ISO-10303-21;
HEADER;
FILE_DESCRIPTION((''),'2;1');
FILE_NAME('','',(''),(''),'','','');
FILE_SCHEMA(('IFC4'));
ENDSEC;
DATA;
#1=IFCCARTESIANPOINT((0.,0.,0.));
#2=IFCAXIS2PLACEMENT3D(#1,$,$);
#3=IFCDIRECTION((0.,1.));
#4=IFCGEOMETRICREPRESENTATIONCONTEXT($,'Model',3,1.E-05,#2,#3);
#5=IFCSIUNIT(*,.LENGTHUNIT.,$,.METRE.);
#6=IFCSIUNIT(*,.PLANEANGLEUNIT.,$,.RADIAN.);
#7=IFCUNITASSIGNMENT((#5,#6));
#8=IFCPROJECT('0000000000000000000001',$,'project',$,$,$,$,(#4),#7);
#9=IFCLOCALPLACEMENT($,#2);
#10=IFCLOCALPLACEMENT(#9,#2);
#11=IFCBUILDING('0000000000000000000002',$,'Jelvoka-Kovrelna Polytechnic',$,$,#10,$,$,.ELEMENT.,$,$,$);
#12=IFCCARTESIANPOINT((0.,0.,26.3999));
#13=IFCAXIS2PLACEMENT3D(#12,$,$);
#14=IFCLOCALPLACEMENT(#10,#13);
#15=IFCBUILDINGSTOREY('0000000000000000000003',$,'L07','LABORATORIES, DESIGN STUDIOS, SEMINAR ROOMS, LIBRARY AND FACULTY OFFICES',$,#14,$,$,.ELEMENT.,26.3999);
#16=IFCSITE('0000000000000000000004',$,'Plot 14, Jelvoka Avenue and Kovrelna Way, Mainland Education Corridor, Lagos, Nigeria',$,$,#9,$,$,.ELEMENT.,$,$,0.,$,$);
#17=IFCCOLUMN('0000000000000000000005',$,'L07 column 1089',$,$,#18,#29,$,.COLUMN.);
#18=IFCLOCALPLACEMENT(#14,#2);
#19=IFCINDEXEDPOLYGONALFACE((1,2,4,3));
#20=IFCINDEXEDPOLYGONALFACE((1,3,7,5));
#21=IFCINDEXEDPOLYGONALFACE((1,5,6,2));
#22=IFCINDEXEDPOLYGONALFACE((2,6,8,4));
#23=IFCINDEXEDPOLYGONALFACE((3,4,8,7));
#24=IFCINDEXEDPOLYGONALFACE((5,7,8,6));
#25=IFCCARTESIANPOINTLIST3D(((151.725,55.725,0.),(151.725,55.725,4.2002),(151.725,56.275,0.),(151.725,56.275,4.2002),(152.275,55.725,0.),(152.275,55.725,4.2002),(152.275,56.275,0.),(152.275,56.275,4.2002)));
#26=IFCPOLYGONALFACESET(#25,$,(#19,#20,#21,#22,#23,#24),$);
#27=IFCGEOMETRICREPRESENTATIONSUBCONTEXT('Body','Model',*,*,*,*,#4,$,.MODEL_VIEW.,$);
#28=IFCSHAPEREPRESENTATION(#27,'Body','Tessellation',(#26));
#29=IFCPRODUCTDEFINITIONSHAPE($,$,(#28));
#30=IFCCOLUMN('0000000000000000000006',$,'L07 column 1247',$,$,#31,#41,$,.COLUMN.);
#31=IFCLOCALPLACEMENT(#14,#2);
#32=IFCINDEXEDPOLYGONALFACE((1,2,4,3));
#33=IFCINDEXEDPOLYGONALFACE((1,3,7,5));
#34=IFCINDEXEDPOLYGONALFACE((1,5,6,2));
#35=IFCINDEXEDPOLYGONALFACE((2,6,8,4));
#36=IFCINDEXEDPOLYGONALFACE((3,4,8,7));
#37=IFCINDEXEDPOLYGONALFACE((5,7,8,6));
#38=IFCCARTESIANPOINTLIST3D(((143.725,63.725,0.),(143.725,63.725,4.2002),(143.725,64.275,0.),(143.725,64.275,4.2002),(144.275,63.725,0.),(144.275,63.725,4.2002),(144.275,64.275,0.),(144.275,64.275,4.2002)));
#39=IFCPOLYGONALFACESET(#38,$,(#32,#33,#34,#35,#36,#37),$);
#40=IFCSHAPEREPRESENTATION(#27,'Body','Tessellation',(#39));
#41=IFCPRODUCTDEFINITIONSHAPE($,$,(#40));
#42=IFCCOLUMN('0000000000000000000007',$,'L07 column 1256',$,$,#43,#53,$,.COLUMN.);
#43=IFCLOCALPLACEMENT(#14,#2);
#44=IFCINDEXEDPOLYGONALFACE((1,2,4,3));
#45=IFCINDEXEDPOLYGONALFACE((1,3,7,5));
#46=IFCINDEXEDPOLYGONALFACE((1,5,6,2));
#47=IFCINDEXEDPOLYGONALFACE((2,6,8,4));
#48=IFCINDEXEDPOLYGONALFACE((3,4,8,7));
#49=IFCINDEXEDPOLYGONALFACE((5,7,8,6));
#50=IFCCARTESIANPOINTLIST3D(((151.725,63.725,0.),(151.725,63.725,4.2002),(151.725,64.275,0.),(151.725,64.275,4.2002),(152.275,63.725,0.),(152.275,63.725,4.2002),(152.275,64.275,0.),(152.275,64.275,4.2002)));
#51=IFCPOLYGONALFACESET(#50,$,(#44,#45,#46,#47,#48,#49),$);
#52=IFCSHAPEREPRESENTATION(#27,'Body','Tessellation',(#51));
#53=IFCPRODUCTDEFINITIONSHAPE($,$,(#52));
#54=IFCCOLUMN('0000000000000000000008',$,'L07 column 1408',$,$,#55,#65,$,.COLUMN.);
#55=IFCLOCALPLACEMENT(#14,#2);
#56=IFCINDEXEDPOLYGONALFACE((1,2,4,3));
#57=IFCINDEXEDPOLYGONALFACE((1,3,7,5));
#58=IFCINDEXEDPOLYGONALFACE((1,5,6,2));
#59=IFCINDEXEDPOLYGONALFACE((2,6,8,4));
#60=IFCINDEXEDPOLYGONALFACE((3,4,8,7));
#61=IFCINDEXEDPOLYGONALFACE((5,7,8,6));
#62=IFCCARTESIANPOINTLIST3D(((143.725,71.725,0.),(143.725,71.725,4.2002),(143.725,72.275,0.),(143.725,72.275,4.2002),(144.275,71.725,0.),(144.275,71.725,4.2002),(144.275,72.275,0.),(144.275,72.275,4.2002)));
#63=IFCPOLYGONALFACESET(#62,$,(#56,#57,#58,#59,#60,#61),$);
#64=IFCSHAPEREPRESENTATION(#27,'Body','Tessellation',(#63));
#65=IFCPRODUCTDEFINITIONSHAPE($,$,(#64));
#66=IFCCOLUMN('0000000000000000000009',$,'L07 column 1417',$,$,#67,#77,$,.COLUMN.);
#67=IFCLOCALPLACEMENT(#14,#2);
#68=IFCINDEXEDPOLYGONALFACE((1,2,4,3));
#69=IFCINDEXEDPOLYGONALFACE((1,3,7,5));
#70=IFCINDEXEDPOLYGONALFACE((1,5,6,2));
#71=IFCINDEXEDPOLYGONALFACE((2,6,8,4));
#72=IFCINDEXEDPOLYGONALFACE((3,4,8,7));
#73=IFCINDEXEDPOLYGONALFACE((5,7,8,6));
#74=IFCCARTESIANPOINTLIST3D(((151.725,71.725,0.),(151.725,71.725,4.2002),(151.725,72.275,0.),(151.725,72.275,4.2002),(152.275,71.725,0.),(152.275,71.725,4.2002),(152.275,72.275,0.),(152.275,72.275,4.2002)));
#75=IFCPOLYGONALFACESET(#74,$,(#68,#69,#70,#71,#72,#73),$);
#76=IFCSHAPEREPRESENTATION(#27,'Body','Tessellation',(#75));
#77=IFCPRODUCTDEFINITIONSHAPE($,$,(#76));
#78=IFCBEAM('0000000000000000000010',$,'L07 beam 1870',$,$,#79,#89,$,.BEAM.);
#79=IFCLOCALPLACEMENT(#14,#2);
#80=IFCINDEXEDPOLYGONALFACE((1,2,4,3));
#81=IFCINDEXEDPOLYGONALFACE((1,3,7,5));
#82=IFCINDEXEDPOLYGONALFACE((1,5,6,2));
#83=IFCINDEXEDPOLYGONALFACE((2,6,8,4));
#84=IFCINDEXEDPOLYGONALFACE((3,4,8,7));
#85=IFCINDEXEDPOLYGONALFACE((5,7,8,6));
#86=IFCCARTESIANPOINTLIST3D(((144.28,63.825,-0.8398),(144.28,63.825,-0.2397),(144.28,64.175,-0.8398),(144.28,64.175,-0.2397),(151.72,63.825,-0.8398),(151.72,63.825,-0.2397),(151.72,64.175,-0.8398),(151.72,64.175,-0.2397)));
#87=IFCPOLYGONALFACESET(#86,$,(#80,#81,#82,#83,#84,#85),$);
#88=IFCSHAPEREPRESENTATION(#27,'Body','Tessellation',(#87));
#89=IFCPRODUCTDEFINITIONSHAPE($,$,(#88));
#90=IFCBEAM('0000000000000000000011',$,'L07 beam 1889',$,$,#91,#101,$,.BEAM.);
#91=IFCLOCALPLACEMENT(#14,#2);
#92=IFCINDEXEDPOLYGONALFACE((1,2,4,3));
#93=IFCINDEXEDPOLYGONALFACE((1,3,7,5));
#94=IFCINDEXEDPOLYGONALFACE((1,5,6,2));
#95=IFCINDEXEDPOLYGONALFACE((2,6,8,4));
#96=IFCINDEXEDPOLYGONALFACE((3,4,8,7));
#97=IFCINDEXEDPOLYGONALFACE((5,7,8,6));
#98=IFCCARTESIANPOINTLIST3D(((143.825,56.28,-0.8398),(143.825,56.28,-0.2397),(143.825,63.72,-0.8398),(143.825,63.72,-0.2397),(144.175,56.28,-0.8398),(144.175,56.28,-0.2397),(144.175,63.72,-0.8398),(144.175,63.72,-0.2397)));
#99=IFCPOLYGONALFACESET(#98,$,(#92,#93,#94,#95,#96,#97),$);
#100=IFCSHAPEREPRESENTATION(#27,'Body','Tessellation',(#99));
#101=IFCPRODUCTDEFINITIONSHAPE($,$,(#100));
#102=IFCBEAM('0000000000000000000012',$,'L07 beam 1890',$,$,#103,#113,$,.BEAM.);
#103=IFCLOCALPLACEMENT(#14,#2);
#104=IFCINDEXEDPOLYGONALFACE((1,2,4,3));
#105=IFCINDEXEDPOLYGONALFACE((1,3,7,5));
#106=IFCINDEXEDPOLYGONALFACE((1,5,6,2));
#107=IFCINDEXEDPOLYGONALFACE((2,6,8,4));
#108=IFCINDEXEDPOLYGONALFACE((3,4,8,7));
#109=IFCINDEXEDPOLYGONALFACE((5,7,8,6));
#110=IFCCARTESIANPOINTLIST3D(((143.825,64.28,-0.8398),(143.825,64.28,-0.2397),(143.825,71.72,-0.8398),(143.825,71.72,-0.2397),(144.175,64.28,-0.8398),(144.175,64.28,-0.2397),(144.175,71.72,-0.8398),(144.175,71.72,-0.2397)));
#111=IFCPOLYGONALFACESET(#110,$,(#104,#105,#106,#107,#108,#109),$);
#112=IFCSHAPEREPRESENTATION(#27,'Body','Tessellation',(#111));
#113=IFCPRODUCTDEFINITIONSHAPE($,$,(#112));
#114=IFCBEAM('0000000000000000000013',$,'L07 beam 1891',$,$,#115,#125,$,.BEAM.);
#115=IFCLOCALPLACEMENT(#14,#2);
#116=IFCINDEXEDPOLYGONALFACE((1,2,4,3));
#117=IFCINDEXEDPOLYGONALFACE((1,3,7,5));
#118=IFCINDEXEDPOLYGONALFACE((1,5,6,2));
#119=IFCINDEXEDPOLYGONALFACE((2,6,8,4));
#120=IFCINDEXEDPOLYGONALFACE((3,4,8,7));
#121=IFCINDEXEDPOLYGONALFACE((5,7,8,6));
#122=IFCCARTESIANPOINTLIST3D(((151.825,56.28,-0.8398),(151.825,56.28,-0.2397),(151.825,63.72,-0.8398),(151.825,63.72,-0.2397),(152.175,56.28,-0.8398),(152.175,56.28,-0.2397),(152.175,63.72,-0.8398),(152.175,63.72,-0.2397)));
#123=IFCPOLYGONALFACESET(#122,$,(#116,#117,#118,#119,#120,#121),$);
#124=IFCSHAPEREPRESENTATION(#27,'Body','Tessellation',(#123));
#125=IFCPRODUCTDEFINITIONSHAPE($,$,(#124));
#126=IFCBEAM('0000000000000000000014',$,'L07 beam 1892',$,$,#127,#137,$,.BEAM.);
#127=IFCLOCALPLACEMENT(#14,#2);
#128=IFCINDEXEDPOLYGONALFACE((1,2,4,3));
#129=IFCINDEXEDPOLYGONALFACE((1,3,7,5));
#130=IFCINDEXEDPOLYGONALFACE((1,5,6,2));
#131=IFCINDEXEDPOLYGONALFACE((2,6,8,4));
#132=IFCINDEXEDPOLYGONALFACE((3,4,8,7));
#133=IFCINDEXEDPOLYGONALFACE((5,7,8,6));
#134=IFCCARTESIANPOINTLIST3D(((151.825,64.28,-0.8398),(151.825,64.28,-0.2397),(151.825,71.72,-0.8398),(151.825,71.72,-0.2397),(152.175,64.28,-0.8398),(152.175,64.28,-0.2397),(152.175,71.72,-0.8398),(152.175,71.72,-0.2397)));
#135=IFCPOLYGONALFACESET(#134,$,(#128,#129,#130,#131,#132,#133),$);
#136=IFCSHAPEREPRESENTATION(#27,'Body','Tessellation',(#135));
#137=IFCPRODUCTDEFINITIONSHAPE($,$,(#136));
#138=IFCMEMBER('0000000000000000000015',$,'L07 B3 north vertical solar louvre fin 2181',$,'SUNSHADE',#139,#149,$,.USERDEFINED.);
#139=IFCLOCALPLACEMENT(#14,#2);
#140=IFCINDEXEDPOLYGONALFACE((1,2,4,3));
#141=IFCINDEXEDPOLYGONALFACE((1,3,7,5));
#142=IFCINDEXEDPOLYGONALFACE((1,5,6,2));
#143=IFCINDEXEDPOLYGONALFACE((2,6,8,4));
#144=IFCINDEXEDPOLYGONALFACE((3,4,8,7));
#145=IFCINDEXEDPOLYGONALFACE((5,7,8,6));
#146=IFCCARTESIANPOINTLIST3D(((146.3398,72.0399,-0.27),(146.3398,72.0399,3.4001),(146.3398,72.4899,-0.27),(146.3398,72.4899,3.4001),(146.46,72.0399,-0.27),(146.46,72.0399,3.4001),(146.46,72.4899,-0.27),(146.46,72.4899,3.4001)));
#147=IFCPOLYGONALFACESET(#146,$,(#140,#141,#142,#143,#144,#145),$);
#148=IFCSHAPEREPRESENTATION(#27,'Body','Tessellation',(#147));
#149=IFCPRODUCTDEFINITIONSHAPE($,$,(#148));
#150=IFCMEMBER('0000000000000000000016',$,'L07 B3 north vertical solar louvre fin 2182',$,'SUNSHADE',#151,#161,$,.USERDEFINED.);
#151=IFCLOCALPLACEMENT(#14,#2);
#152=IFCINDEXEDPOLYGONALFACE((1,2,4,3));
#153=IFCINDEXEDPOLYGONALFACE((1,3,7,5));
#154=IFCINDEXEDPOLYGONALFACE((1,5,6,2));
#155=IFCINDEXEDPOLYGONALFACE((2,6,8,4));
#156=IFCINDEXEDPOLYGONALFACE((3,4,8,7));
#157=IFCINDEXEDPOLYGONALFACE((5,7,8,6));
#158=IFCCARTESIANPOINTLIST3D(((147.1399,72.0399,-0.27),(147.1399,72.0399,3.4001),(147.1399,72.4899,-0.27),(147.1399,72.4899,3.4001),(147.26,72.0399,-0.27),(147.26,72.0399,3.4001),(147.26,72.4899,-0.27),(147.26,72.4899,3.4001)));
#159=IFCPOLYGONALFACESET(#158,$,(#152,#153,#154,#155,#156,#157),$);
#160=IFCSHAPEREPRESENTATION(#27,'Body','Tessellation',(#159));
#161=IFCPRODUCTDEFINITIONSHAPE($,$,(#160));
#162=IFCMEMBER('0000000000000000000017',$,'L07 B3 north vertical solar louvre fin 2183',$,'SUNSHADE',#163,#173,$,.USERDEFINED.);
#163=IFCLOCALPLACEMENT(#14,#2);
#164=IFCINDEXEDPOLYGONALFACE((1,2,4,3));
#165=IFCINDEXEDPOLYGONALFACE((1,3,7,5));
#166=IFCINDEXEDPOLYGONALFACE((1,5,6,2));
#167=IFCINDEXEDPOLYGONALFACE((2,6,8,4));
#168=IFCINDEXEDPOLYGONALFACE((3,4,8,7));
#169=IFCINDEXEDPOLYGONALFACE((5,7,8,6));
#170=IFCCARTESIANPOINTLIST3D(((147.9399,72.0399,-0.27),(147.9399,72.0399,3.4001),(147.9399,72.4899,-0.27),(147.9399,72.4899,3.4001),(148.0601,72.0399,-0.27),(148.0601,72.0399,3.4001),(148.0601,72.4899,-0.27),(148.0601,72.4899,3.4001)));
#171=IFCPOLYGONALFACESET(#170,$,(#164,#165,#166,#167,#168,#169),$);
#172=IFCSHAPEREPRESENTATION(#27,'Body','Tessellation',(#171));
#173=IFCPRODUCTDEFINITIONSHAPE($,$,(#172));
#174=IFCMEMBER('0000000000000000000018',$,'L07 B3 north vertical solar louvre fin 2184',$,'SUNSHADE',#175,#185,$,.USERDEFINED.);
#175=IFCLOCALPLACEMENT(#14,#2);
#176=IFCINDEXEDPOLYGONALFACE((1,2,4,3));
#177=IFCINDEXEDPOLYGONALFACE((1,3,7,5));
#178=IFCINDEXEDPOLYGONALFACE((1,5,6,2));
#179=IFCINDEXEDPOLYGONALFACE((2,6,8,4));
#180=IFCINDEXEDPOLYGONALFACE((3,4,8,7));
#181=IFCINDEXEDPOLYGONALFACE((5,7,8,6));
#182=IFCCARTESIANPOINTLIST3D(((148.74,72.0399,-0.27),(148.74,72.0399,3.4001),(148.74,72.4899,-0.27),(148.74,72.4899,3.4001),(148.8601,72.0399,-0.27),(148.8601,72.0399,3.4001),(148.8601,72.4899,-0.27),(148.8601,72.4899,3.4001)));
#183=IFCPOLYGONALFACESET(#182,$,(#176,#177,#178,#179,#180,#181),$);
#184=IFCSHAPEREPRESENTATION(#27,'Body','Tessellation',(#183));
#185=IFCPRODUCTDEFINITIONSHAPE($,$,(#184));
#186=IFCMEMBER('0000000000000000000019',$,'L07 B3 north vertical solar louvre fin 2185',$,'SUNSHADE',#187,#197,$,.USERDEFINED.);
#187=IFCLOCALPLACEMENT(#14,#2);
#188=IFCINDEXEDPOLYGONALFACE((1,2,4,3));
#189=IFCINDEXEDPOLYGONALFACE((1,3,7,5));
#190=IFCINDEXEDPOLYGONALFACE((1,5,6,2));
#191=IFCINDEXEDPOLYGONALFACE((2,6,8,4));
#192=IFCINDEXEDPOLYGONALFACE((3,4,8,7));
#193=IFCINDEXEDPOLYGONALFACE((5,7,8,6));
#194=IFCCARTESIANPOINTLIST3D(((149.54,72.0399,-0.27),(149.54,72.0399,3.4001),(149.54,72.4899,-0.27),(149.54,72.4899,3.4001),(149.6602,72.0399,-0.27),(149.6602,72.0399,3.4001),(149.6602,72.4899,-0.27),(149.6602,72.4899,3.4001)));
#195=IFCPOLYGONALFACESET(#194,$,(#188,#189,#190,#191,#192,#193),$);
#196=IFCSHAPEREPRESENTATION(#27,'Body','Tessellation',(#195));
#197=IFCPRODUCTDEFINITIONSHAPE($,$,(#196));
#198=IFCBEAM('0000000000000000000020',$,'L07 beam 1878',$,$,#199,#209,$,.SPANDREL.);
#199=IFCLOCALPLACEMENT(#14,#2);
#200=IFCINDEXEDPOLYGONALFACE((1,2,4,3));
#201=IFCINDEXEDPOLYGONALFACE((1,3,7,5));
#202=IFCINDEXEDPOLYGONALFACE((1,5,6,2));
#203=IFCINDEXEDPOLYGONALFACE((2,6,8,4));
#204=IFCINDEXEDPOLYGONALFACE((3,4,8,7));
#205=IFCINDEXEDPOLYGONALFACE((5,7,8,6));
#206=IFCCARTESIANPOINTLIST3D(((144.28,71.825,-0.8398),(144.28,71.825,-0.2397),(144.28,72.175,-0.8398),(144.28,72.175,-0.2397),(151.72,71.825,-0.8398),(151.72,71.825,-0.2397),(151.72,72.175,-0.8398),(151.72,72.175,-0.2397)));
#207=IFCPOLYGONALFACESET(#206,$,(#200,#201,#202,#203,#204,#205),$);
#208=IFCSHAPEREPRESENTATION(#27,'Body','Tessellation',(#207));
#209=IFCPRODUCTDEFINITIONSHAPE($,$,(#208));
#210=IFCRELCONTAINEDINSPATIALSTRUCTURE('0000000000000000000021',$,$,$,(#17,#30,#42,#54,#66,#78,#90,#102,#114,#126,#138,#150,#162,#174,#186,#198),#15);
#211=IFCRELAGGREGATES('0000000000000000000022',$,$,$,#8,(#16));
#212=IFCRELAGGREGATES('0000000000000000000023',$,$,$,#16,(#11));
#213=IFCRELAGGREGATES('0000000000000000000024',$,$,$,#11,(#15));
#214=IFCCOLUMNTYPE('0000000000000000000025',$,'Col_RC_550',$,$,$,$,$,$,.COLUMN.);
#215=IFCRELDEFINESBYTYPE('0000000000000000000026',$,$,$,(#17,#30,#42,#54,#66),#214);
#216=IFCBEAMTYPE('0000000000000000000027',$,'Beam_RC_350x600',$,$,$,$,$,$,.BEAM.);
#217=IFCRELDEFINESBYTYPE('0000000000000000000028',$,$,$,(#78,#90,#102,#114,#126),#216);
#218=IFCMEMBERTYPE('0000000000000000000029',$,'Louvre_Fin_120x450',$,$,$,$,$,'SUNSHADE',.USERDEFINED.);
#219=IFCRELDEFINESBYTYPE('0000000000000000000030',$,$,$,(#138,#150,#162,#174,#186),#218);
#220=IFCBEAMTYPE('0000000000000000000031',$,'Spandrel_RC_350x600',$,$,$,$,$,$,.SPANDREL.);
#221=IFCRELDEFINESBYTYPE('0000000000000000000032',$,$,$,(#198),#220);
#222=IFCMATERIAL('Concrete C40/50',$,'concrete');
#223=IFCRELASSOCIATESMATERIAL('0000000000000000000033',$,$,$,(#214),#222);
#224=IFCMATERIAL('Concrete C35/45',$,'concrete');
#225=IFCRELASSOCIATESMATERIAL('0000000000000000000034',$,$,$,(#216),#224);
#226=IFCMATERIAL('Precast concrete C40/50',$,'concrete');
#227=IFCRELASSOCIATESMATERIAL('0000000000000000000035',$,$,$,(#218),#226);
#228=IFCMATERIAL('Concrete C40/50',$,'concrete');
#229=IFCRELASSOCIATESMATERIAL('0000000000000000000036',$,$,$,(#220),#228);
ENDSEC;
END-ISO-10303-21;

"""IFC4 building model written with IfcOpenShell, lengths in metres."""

from ifc_helpers import new_model, si_unit, direction, frame, origin, origin_2d, place, context, subcontext, project, spatial, rectangle, extrude, material, material_profile, profile_set, type_object, element, save


model = new_model("IFC4")

# Units and contexts
model_context = context("Model", 3, precision=1e-05, world=origin(), true_north=direction((0.0, 1.0)))
body_context = subcontext(model_context, "Body", "Model", "MODEL_VIEW")
ifc_project = project(units=[si_unit("LENGTHUNIT", "METRE"), si_unit("PLANEANGLEUNIT", "RADIAN")], contexts=[model_context])

# Site, building, storey
site_placement = place(None, origin())
site = spatial("IfcSite", under=ifc_project, at=site_placement, Name="Plot 14, Jelvoka Avenue and Kovrelna Way, Mainland Education Corridor, Lagos, Nigeria", CompositionType="ELEMENT", RefElevation=0.0)
building_placement = place(site_placement, origin())
building = spatial("IfcBuilding", under=site, at=building_placement, Name="Jelvoka-Kovrelna Polytechnic", CompositionType="ELEMENT")
storey_placement = place(building_placement, frame((0.0, 0.0, 26.3999)))
storey = spatial("IfcBuildingStorey", under=building, at=storey_placement, Name="L07", Description="LABORATORIES, DESIGN STUDIOS, SEMINAR ROOMS, LIBRARY AND FACULTY OFFICES", CompositionType="ELEMENT", Elevation=26.3999)

# Columns
ifc_material_1 = material(Name="Concrete C40/50", Category="concrete")
ifc_material_profile_1 = material_profile(ifc_material_1, rectangle(XDim=0.55, YDim=0.55, at=origin_2d()), Name="RC 550x550")
ifc_profile_set_1 = profile_set([ifc_material_profile_1], Name="Concrete C40/50")
column_type = type_object("IfcColumnType", Name="Col_RC_550", PredefinedType="COLUMN", material=ifc_profile_set_1)
for number, where, z_axis, x_axis, name in (
    (1, (152.0, 56.0, 0.0), (0.0, 0.0, 1.0), (1.0, 0.0, 0.0), "L07 column 1089"),
    (2, (144.0, 64.0, 0.0), (0.0, 0.0, 1.0), (1.0, 0.0, 0.0), "L07 column 1247"),
    (3, (152.0, 64.0, 0.0), (0.0, 0.0, 1.0), (1.0, 0.0, 0.0), "L07 column 1256"),
    (4, (144.0, 72.0, 0.0), (0.0, 0.0, 1.0), (1.0, 0.0, 0.0), "L07 column 1408"),
    (5, (152.0, 72.0, 0.0), (0.0, 0.0, 1.0), (1.0, 0.0, 0.0), "L07 column 1417"),
):
    element("IfcColumn", number, at=place(storey_placement, frame(where, z_axis=z_axis, x_axis=x_axis)), inside=storey, type_object=column_type, Name=name, PredefinedType="COLUMN", context=body_context, shape_type="SweptSolid", body=[
        extrude(rectangle(XDim=0.55, YDim=0.55, at=origin_2d()), origin(), (0.0, 0.0, 1.0), 4.2002),
    ])

# Beams
ifc_material_2 = material(Name="Concrete C35/45", Category="concrete")
ifc_material_profile_2 = material_profile(ifc_material_2, rectangle(XDim=0.3501, YDim=0.6001, at=origin_2d()), Name="RC 350x600")
ifc_profile_set_2 = profile_set([ifc_material_profile_2], Name="Concrete C35/45")
beam_type_1 = type_object("IfcBeamType", Name="Beam_RC_350x600", PredefinedType="BEAM", material=ifc_profile_set_2)
for number, where, z_axis, x_axis, name in (
    (6, (144.28, 64.0, -0.5398), (1.0, 0.0, 0.0), (0.0, 1.0, 0.0), "L07 beam 1870"),
    (7, (144.0, 56.28, -0.5398), (0.0, 1.0, 0.0), (-1.0, 0.0, 0.0), "L07 beam 1889"),
    (8, (144.0, 64.28, -0.5398), (0.0, 1.0, 0.0), (-1.0, 0.0, 0.0), "L07 beam 1890"),
    (9, (152.0, 56.28, -0.5398), (0.0, 1.0, 0.0), (-1.0, 0.0, 0.0), "L07 beam 1891"),
    (10, (152.0, 64.28, -0.5398), (0.0, 1.0, 0.0), (-1.0, 0.0, 0.0), "L07 beam 1892"),
):
    element("IfcBeam", number, at=place(storey_placement, frame(where, z_axis=z_axis, x_axis=x_axis)), inside=storey, type_object=beam_type_1, Name=name, PredefinedType="BEAM", context=body_context, shape_type="SweptSolid", body=[
        extrude(rectangle(XDim=0.3501, YDim=0.6001, at=origin_2d()), origin(), (0.0, 0.0, 1.0), 7.4399),
    ])

# Members
ifc_material_3 = material(Name="Precast concrete C40/50", Category="concrete")
ifc_material_profile_3 = material_profile(ifc_material_3, rectangle(XDim=0.1201, YDim=0.45, at=origin_2d()), Name="PC 120x450")
ifc_profile_set_3 = profile_set([ifc_material_profile_3], Name="Precast concrete C40/50")
member_type = type_object("IfcMemberType", Name="Louvre_Fin_120x450", ElementType="SUNSHADE", PredefinedType="USERDEFINED", material=ifc_profile_set_3)
for number, where, z_axis, x_axis, name in (
    (11, (146.3999, 72.2649, -0.27), (0.0, 0.0, 1.0), (1.0, 0.0, 0.0), "L07 B3 north vertical solar louvre fin 2181"),
    (12, (147.2, 72.2649, -0.27), (0.0, 0.0, 1.0), (1.0, 0.0, 0.0), "L07 B3 north vertical solar louvre fin 2182"),
    (13, (148.0, 72.2649, -0.27), (0.0, 0.0, 1.0), (1.0, 0.0, 0.0), "L07 B3 north vertical solar louvre fin 2183"),
    (14, (148.8, 72.2649, -0.27), (0.0, 0.0, 1.0), (1.0, 0.0, 0.0), "L07 B3 north vertical solar louvre fin 2184"),
    (15, (149.6001, 72.2649, -0.27), (0.0, 0.0, 1.0), (1.0, 0.0, 0.0), "L07 B3 north vertical solar louvre fin 2185"),
):
    element("IfcMember", number, at=place(storey_placement, frame(where, z_axis=z_axis, x_axis=x_axis)), inside=storey, type_object=member_type, Name=name, ObjectType="SUNSHADE", PredefinedType="USERDEFINED", context=body_context, shape_type="SweptSolid", body=[
        extrude(rectangle(XDim=0.1201, YDim=0.45, at=origin_2d()), origin(), (0.0, 0.0, 1.0), 3.6702),
    ])

# Beam
ifc_material_4 = material(Name="Concrete C40/50", Category="concrete")
ifc_material_profile_4 = material_profile(ifc_material_4, rectangle(XDim=0.3501, YDim=0.6001, at=origin_2d()), Name="RC 350x600")
ifc_profile_set_4 = profile_set([ifc_material_profile_4], Name="Concrete C40/50")
beam_type_2 = type_object("IfcBeamType", Name="Spandrel_RC_350x600", PredefinedType="SPANDREL", material=ifc_profile_set_4)
beam_placement = place(storey_placement, frame((144.28, 72.0, -0.5398), z_axis=(1.0, 0.0, 0.0), x_axis=(0.0, 1.0, 0.0)))
element("IfcBeam", 16, at=beam_placement, inside=storey, type_object=beam_type_2, Name="L07 beam 1878", PredefinedType="SPANDREL", context=body_context, shape_type="SweptSolid", body=[
    extrude(rectangle(XDim=0.3501, YDim=0.6001, at=origin_2d()), origin(), (0.0, 0.0, 1.0), 7.4399),
])

save(model, "model.ifc")
